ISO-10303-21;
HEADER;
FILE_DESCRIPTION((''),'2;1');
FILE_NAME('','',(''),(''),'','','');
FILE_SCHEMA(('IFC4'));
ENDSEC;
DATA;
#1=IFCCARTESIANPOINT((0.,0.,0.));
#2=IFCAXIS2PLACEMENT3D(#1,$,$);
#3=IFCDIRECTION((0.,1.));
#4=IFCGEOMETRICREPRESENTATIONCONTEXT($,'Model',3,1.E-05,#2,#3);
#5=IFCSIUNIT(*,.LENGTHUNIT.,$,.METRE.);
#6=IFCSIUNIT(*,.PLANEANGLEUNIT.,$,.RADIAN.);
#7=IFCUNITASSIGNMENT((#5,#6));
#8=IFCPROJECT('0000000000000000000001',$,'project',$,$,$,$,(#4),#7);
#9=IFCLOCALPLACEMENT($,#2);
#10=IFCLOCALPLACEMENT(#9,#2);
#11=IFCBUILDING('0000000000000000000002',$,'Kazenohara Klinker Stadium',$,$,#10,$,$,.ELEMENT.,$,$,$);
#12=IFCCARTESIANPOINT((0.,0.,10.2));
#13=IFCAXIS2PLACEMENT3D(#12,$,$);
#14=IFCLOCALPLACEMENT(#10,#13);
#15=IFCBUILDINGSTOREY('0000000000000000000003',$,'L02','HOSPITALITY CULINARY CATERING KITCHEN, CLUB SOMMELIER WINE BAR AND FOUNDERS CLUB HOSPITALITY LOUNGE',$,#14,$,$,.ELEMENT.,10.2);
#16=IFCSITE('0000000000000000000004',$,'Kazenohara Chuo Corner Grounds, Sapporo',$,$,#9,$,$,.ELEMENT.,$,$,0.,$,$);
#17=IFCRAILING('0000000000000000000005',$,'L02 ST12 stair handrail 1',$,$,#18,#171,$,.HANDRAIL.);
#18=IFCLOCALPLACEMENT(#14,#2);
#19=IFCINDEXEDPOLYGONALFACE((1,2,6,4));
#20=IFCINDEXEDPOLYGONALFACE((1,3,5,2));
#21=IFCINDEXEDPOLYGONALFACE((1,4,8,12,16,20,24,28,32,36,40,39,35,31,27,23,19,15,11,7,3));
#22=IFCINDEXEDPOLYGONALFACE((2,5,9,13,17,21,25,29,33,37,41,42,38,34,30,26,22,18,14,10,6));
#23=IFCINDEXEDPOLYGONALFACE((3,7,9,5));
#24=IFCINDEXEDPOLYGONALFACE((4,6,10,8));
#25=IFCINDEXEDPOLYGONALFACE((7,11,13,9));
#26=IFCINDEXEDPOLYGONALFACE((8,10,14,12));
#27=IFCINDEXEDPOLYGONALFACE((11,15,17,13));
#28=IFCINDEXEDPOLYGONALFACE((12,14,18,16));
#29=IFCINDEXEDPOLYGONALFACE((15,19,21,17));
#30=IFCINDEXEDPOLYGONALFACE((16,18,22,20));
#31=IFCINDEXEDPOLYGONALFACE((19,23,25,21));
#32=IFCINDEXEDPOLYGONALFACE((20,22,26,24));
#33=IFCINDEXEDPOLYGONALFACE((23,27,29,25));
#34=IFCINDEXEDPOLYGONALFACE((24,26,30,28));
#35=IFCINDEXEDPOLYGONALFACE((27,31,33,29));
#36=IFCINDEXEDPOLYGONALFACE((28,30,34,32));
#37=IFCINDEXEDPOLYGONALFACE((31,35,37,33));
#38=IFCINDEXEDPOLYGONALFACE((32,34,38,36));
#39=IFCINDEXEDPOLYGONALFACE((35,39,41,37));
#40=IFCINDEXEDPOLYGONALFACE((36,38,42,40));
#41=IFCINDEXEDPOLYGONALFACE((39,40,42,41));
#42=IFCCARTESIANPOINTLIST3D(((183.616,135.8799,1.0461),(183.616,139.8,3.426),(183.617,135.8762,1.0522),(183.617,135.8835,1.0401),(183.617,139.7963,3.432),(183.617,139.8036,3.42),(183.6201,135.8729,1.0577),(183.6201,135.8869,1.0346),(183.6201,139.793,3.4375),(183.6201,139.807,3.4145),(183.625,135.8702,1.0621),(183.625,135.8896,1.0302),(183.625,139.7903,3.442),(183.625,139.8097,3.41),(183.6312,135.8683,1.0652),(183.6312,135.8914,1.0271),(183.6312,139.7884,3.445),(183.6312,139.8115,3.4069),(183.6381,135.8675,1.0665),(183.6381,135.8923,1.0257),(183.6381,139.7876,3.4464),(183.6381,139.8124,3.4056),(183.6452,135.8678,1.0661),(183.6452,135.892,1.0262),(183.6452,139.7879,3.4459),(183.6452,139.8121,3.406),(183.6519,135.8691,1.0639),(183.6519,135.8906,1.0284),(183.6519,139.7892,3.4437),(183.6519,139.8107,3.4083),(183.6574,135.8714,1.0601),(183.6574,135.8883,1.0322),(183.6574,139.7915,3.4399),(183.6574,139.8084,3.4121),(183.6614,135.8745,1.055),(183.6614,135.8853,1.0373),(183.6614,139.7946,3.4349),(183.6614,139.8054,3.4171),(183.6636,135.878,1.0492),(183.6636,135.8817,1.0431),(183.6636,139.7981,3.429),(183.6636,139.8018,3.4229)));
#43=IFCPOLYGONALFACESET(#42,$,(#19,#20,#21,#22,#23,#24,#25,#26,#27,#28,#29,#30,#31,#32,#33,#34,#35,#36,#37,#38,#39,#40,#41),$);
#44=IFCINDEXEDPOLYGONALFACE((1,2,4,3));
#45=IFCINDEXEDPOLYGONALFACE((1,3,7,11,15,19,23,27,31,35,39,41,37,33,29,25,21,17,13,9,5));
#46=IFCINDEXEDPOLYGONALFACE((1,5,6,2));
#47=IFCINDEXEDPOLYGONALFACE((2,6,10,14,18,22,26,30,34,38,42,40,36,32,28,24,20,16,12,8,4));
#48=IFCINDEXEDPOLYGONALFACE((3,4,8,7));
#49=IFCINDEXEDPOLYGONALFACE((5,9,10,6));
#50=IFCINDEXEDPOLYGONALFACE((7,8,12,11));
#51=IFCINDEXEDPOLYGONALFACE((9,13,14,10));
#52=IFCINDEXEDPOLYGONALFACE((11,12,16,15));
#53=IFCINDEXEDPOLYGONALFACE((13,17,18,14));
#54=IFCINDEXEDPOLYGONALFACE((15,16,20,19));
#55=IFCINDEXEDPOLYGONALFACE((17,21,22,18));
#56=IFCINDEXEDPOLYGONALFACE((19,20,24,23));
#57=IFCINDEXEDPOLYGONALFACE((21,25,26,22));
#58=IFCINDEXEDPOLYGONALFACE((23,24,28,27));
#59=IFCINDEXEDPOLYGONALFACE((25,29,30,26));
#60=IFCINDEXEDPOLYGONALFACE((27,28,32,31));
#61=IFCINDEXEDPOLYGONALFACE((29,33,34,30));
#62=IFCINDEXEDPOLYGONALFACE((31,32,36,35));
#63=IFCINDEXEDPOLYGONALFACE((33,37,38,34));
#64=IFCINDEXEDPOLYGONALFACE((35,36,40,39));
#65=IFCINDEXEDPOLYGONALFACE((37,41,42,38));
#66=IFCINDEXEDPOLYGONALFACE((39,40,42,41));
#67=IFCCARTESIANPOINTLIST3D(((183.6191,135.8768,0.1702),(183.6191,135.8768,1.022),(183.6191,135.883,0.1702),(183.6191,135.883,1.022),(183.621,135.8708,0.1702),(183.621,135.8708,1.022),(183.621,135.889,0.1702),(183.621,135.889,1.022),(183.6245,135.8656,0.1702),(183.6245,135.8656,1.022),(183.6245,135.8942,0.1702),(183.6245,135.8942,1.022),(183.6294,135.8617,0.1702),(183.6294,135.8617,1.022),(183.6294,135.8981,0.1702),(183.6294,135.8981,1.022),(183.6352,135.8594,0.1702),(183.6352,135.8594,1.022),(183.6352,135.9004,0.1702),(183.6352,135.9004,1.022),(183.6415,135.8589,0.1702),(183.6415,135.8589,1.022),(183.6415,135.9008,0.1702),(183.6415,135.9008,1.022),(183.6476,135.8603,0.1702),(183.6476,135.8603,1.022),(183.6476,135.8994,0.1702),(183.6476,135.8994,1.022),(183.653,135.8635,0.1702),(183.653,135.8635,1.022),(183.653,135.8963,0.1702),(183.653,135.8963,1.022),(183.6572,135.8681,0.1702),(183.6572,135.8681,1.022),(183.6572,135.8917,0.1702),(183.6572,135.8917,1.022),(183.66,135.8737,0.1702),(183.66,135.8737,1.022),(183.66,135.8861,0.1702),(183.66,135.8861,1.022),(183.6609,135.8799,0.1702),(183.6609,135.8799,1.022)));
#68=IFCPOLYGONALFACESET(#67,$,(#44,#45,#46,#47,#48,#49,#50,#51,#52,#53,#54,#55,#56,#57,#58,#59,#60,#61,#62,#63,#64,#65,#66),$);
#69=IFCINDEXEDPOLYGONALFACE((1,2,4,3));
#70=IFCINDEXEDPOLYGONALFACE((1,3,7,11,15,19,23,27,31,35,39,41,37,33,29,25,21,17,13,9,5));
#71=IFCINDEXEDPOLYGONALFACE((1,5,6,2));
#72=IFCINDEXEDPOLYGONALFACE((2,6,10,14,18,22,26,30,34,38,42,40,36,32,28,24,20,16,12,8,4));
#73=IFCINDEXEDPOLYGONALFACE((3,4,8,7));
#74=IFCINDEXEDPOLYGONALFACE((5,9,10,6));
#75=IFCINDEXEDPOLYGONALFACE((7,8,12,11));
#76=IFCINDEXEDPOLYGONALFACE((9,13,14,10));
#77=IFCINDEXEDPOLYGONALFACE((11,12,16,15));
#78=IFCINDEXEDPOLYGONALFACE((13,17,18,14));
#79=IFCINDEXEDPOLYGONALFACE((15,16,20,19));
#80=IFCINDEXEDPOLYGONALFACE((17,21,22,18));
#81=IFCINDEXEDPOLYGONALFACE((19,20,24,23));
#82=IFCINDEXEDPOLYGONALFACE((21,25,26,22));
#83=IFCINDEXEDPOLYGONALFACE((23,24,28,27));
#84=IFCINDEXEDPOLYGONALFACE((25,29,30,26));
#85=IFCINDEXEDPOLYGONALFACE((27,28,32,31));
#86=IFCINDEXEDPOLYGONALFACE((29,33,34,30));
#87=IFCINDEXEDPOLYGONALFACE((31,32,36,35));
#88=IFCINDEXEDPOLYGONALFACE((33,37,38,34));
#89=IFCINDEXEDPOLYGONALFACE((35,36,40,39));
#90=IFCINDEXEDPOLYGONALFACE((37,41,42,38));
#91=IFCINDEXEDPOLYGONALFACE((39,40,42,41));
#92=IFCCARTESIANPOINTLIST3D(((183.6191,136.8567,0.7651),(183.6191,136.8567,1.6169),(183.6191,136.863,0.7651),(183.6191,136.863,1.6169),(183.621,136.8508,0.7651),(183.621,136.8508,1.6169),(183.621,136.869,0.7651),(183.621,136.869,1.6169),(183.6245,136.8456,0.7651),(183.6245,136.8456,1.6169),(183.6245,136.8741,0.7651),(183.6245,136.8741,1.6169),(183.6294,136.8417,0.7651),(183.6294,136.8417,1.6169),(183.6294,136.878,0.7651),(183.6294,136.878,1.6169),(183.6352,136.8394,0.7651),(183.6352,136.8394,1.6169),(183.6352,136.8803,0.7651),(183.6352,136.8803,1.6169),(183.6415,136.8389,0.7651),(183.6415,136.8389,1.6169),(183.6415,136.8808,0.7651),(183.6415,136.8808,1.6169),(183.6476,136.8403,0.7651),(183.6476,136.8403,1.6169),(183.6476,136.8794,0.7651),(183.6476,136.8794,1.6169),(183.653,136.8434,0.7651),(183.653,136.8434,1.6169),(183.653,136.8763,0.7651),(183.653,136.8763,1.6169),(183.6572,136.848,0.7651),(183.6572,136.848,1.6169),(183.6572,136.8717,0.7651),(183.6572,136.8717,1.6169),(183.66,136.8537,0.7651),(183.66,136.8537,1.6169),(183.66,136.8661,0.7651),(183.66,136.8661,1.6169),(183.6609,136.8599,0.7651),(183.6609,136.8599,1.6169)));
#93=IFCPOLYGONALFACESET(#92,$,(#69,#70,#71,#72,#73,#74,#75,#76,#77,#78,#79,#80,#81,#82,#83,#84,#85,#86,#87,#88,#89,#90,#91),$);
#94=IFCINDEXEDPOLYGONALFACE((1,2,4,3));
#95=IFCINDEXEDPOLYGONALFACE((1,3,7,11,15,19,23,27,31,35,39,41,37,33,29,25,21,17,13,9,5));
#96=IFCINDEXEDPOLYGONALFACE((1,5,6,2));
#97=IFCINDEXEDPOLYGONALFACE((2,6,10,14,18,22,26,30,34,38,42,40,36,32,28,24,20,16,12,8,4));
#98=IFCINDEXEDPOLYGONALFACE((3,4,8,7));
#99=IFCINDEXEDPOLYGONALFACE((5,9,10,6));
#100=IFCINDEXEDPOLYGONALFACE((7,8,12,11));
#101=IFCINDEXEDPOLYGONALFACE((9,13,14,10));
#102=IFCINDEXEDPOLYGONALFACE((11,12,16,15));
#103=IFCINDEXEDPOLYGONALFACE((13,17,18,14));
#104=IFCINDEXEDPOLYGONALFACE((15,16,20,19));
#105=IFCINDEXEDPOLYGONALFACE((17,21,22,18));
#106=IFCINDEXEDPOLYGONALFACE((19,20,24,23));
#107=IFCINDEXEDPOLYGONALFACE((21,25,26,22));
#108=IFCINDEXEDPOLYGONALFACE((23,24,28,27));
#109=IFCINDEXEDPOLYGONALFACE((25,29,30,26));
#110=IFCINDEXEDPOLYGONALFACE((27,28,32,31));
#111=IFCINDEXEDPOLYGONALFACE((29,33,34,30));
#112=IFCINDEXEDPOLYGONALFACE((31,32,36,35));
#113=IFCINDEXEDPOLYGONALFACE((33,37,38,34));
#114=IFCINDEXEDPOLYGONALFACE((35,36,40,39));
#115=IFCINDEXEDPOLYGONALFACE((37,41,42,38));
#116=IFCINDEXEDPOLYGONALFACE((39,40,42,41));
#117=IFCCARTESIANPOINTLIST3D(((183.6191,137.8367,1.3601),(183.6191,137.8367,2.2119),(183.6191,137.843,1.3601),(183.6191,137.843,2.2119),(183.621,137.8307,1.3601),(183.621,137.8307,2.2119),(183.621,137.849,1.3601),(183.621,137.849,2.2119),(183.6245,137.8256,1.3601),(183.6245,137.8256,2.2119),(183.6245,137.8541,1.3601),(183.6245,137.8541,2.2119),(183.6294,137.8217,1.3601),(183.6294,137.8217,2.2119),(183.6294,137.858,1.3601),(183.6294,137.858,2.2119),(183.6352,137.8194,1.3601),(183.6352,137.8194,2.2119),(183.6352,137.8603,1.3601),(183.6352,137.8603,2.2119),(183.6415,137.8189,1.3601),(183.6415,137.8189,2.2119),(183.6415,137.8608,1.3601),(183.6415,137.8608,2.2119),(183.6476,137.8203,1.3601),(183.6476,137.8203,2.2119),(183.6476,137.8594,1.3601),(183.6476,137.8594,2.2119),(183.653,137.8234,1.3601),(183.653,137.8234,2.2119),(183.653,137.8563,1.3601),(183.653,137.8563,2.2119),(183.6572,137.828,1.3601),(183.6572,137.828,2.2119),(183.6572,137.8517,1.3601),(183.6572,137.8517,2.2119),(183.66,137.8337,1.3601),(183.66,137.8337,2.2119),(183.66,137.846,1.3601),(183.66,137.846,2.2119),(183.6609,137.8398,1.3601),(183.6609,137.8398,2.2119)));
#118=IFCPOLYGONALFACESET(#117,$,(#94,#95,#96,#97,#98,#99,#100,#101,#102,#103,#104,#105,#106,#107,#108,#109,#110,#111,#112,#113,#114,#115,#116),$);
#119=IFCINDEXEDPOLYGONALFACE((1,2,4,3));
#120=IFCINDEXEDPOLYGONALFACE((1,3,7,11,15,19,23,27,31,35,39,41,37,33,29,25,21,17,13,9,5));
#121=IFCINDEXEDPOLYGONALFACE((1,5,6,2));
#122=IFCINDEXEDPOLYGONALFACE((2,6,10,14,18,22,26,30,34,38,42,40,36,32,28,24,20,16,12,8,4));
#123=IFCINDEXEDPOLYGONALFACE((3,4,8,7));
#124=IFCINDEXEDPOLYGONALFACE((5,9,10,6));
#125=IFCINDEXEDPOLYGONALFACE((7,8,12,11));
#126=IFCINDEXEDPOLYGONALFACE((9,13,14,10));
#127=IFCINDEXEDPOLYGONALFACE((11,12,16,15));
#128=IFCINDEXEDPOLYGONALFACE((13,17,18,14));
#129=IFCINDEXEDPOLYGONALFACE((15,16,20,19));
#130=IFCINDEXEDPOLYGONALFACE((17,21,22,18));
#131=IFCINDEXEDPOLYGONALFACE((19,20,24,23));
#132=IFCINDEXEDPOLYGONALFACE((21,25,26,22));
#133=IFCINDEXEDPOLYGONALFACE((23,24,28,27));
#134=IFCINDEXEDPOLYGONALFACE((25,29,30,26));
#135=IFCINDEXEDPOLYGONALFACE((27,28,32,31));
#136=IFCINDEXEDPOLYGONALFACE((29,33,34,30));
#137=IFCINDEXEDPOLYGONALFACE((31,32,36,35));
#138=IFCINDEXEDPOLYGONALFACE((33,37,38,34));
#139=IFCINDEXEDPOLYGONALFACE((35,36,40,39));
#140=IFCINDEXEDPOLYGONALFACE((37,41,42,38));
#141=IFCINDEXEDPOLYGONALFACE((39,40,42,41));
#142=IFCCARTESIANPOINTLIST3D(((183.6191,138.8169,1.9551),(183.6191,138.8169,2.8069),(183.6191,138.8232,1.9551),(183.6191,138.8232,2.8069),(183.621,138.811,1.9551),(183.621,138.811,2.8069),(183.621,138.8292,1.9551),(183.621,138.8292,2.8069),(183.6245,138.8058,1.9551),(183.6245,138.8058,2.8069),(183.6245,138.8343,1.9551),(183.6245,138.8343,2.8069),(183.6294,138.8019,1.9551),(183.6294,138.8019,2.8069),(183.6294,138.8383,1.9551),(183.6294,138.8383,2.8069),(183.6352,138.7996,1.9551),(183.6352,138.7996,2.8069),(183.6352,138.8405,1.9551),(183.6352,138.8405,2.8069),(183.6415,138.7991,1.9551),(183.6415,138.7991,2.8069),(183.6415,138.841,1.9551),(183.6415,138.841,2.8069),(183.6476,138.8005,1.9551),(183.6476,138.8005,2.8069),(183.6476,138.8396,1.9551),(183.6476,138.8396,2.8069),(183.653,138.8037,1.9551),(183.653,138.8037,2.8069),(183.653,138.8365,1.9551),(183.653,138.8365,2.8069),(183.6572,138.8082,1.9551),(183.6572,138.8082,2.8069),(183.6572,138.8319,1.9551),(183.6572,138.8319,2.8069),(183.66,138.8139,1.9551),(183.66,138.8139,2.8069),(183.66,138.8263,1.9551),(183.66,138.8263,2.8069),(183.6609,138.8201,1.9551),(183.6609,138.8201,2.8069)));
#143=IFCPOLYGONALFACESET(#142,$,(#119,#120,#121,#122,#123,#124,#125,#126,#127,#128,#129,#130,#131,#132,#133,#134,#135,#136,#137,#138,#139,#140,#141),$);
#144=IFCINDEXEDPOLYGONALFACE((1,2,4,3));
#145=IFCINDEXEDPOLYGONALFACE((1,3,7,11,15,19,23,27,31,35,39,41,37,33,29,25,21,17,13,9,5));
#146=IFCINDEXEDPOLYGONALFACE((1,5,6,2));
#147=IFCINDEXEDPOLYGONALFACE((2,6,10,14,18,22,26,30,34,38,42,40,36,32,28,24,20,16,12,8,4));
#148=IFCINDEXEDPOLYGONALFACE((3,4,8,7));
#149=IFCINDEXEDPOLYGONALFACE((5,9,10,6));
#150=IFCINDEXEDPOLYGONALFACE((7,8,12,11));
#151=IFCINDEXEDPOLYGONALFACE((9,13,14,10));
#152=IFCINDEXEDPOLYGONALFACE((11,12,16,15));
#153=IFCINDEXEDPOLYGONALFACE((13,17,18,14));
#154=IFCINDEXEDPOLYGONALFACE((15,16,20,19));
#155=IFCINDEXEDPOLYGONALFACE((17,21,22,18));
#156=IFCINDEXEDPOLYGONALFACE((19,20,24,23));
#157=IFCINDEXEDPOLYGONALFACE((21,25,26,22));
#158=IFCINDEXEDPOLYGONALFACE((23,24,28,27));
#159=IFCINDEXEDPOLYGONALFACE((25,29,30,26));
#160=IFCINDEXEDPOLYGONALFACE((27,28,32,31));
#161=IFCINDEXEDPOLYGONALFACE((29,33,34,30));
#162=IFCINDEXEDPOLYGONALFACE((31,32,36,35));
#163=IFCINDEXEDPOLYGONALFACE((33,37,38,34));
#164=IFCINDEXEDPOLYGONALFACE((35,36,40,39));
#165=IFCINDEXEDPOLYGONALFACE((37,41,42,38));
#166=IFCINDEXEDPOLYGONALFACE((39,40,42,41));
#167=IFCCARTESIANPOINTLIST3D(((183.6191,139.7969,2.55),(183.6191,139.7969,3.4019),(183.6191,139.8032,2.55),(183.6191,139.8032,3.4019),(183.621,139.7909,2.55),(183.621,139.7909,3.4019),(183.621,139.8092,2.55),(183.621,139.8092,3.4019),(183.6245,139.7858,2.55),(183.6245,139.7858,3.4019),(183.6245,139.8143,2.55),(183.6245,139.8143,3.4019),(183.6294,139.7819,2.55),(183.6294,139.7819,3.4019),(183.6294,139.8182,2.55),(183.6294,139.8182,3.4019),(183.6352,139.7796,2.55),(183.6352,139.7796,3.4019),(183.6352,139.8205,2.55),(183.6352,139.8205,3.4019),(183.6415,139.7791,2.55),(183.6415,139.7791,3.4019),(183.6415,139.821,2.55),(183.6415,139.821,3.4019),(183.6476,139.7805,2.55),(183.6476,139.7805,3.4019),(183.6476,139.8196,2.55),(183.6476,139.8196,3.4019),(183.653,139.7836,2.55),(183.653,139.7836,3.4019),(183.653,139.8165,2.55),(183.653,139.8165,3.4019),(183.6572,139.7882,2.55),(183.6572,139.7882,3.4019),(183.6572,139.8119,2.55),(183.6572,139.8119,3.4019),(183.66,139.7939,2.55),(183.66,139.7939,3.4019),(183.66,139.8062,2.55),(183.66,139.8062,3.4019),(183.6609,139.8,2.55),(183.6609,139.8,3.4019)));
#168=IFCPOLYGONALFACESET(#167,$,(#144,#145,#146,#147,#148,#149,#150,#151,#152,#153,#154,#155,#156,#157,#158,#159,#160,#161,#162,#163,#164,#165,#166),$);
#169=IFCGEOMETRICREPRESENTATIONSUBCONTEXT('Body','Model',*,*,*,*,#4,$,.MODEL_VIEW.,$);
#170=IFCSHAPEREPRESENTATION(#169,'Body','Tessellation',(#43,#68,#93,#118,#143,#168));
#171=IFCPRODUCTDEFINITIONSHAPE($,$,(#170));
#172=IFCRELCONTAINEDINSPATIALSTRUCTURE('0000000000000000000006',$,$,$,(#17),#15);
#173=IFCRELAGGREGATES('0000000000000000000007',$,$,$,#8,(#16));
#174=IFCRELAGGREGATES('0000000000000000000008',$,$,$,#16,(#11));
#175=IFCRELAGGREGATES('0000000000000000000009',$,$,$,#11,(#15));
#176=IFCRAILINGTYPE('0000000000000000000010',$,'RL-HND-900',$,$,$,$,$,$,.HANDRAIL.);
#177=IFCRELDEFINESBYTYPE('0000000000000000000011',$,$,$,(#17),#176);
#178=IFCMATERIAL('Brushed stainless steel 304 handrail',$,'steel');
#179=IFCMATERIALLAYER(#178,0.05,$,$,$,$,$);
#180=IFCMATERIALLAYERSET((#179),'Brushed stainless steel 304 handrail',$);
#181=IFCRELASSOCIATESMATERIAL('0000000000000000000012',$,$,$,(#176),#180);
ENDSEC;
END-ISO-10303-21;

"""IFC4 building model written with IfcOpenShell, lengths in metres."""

from ifc_helpers import new_model, si_unit, direction, frame, origin, origin_2d, place, context, subcontext, project, spatial, circle, extrude, material, layer, layer_set, type_object, element, save


model = new_model("IFC4")

# Units and contexts
model_context = context("Model", 3, precision=1e-05, world=origin(), true_north=direction((0.0, 1.0)))
body_context = subcontext(model_context, "Body", "Model", "MODEL_VIEW")
ifc_project = project(units=[si_unit("LENGTHUNIT", "METRE"), si_unit("PLANEANGLEUNIT", "RADIAN")], contexts=[model_context])

# Site, building, storey
site_placement = place(None, origin())
site = spatial("IfcSite", under=ifc_project, at=site_placement, Name="Kazenohara Chuo Corner Grounds, Sapporo", CompositionType="ELEMENT", RefElevation=0.0)
building_placement = place(site_placement, origin())
building = spatial("IfcBuilding", under=site, at=building_placement, Name="Kazenohara Klinker Stadium", CompositionType="ELEMENT")
storey_placement = place(building_placement, frame((0.0, 0.0, 10.2)))
storey = spatial("IfcBuildingStorey", under=building, at=storey_placement, Name="L02", Description="HOSPITALITY CULINARY CATERING KITCHEN, CLUB SOMMELIER WINE BAR AND FOUNDERS CLUB HOSPITALITY LOUNGE", CompositionType="ELEMENT", Elevation=10.2)

# Railing
ifc_material_1 = material(Name="Brushed stainless steel 304 handrail", Category="steel")
ifc_layer_1 = layer(ifc_material_1, 0.05)
ifc_layer_set_1 = layer_set([ifc_layer_1], Name="Brushed stainless steel 304 handrail")
railing_type_1 = type_object("IfcRailingType", Name="RL-HND-900", PredefinedType="HANDRAIL", material=ifc_layer_set_1)
railing_1_placement = place(storey_placement, frame((183.6399, 135.8799, 0.1702)))
element("IfcRailing", 1, at=railing_1_placement, inside=storey, type_object=railing_type_1, Name="L02 ST12 stair handrail 1", PredefinedType="HANDRAIL", context=body_context, shape_type="SweptSolid", body=[
    extrude(circle(Radius=0.0239, at=origin_2d()), frame((0.0, 0.0, 0.876), z_axis=(0.0, 0.854809, 0.518943), x_axis=(-1.0, 0.0, 0.0)), (0.0, 0.0, 1.0), 4.5859),
    extrude(circle(Radius=0.021, at=origin_2d()), origin(), (0.0, 0.0, 1.0), 0.8518),
    extrude(circle(Radius=0.021, at=origin_2d()), frame((0.0, 0.98, 0.595)), (0.0, 0.0, 1.0), 0.8518),
    extrude(circle(Radius=0.021, at=origin_2d()), frame((0.0, 1.96, 1.1899)), (0.0, 0.0, 1.0), 0.8518),
    extrude(circle(Radius=0.021, at=origin_2d()), frame((0.0, 2.9402, 1.7849)), (0.0, 0.0, 1.0), 0.8518),
    extrude(circle(Radius=0.021, at=origin_2d()), frame((0.0, 3.9202, 2.3799)), (0.0, 0.0, 1.0), 0.8518),
])

save(model, "model.ifc")
